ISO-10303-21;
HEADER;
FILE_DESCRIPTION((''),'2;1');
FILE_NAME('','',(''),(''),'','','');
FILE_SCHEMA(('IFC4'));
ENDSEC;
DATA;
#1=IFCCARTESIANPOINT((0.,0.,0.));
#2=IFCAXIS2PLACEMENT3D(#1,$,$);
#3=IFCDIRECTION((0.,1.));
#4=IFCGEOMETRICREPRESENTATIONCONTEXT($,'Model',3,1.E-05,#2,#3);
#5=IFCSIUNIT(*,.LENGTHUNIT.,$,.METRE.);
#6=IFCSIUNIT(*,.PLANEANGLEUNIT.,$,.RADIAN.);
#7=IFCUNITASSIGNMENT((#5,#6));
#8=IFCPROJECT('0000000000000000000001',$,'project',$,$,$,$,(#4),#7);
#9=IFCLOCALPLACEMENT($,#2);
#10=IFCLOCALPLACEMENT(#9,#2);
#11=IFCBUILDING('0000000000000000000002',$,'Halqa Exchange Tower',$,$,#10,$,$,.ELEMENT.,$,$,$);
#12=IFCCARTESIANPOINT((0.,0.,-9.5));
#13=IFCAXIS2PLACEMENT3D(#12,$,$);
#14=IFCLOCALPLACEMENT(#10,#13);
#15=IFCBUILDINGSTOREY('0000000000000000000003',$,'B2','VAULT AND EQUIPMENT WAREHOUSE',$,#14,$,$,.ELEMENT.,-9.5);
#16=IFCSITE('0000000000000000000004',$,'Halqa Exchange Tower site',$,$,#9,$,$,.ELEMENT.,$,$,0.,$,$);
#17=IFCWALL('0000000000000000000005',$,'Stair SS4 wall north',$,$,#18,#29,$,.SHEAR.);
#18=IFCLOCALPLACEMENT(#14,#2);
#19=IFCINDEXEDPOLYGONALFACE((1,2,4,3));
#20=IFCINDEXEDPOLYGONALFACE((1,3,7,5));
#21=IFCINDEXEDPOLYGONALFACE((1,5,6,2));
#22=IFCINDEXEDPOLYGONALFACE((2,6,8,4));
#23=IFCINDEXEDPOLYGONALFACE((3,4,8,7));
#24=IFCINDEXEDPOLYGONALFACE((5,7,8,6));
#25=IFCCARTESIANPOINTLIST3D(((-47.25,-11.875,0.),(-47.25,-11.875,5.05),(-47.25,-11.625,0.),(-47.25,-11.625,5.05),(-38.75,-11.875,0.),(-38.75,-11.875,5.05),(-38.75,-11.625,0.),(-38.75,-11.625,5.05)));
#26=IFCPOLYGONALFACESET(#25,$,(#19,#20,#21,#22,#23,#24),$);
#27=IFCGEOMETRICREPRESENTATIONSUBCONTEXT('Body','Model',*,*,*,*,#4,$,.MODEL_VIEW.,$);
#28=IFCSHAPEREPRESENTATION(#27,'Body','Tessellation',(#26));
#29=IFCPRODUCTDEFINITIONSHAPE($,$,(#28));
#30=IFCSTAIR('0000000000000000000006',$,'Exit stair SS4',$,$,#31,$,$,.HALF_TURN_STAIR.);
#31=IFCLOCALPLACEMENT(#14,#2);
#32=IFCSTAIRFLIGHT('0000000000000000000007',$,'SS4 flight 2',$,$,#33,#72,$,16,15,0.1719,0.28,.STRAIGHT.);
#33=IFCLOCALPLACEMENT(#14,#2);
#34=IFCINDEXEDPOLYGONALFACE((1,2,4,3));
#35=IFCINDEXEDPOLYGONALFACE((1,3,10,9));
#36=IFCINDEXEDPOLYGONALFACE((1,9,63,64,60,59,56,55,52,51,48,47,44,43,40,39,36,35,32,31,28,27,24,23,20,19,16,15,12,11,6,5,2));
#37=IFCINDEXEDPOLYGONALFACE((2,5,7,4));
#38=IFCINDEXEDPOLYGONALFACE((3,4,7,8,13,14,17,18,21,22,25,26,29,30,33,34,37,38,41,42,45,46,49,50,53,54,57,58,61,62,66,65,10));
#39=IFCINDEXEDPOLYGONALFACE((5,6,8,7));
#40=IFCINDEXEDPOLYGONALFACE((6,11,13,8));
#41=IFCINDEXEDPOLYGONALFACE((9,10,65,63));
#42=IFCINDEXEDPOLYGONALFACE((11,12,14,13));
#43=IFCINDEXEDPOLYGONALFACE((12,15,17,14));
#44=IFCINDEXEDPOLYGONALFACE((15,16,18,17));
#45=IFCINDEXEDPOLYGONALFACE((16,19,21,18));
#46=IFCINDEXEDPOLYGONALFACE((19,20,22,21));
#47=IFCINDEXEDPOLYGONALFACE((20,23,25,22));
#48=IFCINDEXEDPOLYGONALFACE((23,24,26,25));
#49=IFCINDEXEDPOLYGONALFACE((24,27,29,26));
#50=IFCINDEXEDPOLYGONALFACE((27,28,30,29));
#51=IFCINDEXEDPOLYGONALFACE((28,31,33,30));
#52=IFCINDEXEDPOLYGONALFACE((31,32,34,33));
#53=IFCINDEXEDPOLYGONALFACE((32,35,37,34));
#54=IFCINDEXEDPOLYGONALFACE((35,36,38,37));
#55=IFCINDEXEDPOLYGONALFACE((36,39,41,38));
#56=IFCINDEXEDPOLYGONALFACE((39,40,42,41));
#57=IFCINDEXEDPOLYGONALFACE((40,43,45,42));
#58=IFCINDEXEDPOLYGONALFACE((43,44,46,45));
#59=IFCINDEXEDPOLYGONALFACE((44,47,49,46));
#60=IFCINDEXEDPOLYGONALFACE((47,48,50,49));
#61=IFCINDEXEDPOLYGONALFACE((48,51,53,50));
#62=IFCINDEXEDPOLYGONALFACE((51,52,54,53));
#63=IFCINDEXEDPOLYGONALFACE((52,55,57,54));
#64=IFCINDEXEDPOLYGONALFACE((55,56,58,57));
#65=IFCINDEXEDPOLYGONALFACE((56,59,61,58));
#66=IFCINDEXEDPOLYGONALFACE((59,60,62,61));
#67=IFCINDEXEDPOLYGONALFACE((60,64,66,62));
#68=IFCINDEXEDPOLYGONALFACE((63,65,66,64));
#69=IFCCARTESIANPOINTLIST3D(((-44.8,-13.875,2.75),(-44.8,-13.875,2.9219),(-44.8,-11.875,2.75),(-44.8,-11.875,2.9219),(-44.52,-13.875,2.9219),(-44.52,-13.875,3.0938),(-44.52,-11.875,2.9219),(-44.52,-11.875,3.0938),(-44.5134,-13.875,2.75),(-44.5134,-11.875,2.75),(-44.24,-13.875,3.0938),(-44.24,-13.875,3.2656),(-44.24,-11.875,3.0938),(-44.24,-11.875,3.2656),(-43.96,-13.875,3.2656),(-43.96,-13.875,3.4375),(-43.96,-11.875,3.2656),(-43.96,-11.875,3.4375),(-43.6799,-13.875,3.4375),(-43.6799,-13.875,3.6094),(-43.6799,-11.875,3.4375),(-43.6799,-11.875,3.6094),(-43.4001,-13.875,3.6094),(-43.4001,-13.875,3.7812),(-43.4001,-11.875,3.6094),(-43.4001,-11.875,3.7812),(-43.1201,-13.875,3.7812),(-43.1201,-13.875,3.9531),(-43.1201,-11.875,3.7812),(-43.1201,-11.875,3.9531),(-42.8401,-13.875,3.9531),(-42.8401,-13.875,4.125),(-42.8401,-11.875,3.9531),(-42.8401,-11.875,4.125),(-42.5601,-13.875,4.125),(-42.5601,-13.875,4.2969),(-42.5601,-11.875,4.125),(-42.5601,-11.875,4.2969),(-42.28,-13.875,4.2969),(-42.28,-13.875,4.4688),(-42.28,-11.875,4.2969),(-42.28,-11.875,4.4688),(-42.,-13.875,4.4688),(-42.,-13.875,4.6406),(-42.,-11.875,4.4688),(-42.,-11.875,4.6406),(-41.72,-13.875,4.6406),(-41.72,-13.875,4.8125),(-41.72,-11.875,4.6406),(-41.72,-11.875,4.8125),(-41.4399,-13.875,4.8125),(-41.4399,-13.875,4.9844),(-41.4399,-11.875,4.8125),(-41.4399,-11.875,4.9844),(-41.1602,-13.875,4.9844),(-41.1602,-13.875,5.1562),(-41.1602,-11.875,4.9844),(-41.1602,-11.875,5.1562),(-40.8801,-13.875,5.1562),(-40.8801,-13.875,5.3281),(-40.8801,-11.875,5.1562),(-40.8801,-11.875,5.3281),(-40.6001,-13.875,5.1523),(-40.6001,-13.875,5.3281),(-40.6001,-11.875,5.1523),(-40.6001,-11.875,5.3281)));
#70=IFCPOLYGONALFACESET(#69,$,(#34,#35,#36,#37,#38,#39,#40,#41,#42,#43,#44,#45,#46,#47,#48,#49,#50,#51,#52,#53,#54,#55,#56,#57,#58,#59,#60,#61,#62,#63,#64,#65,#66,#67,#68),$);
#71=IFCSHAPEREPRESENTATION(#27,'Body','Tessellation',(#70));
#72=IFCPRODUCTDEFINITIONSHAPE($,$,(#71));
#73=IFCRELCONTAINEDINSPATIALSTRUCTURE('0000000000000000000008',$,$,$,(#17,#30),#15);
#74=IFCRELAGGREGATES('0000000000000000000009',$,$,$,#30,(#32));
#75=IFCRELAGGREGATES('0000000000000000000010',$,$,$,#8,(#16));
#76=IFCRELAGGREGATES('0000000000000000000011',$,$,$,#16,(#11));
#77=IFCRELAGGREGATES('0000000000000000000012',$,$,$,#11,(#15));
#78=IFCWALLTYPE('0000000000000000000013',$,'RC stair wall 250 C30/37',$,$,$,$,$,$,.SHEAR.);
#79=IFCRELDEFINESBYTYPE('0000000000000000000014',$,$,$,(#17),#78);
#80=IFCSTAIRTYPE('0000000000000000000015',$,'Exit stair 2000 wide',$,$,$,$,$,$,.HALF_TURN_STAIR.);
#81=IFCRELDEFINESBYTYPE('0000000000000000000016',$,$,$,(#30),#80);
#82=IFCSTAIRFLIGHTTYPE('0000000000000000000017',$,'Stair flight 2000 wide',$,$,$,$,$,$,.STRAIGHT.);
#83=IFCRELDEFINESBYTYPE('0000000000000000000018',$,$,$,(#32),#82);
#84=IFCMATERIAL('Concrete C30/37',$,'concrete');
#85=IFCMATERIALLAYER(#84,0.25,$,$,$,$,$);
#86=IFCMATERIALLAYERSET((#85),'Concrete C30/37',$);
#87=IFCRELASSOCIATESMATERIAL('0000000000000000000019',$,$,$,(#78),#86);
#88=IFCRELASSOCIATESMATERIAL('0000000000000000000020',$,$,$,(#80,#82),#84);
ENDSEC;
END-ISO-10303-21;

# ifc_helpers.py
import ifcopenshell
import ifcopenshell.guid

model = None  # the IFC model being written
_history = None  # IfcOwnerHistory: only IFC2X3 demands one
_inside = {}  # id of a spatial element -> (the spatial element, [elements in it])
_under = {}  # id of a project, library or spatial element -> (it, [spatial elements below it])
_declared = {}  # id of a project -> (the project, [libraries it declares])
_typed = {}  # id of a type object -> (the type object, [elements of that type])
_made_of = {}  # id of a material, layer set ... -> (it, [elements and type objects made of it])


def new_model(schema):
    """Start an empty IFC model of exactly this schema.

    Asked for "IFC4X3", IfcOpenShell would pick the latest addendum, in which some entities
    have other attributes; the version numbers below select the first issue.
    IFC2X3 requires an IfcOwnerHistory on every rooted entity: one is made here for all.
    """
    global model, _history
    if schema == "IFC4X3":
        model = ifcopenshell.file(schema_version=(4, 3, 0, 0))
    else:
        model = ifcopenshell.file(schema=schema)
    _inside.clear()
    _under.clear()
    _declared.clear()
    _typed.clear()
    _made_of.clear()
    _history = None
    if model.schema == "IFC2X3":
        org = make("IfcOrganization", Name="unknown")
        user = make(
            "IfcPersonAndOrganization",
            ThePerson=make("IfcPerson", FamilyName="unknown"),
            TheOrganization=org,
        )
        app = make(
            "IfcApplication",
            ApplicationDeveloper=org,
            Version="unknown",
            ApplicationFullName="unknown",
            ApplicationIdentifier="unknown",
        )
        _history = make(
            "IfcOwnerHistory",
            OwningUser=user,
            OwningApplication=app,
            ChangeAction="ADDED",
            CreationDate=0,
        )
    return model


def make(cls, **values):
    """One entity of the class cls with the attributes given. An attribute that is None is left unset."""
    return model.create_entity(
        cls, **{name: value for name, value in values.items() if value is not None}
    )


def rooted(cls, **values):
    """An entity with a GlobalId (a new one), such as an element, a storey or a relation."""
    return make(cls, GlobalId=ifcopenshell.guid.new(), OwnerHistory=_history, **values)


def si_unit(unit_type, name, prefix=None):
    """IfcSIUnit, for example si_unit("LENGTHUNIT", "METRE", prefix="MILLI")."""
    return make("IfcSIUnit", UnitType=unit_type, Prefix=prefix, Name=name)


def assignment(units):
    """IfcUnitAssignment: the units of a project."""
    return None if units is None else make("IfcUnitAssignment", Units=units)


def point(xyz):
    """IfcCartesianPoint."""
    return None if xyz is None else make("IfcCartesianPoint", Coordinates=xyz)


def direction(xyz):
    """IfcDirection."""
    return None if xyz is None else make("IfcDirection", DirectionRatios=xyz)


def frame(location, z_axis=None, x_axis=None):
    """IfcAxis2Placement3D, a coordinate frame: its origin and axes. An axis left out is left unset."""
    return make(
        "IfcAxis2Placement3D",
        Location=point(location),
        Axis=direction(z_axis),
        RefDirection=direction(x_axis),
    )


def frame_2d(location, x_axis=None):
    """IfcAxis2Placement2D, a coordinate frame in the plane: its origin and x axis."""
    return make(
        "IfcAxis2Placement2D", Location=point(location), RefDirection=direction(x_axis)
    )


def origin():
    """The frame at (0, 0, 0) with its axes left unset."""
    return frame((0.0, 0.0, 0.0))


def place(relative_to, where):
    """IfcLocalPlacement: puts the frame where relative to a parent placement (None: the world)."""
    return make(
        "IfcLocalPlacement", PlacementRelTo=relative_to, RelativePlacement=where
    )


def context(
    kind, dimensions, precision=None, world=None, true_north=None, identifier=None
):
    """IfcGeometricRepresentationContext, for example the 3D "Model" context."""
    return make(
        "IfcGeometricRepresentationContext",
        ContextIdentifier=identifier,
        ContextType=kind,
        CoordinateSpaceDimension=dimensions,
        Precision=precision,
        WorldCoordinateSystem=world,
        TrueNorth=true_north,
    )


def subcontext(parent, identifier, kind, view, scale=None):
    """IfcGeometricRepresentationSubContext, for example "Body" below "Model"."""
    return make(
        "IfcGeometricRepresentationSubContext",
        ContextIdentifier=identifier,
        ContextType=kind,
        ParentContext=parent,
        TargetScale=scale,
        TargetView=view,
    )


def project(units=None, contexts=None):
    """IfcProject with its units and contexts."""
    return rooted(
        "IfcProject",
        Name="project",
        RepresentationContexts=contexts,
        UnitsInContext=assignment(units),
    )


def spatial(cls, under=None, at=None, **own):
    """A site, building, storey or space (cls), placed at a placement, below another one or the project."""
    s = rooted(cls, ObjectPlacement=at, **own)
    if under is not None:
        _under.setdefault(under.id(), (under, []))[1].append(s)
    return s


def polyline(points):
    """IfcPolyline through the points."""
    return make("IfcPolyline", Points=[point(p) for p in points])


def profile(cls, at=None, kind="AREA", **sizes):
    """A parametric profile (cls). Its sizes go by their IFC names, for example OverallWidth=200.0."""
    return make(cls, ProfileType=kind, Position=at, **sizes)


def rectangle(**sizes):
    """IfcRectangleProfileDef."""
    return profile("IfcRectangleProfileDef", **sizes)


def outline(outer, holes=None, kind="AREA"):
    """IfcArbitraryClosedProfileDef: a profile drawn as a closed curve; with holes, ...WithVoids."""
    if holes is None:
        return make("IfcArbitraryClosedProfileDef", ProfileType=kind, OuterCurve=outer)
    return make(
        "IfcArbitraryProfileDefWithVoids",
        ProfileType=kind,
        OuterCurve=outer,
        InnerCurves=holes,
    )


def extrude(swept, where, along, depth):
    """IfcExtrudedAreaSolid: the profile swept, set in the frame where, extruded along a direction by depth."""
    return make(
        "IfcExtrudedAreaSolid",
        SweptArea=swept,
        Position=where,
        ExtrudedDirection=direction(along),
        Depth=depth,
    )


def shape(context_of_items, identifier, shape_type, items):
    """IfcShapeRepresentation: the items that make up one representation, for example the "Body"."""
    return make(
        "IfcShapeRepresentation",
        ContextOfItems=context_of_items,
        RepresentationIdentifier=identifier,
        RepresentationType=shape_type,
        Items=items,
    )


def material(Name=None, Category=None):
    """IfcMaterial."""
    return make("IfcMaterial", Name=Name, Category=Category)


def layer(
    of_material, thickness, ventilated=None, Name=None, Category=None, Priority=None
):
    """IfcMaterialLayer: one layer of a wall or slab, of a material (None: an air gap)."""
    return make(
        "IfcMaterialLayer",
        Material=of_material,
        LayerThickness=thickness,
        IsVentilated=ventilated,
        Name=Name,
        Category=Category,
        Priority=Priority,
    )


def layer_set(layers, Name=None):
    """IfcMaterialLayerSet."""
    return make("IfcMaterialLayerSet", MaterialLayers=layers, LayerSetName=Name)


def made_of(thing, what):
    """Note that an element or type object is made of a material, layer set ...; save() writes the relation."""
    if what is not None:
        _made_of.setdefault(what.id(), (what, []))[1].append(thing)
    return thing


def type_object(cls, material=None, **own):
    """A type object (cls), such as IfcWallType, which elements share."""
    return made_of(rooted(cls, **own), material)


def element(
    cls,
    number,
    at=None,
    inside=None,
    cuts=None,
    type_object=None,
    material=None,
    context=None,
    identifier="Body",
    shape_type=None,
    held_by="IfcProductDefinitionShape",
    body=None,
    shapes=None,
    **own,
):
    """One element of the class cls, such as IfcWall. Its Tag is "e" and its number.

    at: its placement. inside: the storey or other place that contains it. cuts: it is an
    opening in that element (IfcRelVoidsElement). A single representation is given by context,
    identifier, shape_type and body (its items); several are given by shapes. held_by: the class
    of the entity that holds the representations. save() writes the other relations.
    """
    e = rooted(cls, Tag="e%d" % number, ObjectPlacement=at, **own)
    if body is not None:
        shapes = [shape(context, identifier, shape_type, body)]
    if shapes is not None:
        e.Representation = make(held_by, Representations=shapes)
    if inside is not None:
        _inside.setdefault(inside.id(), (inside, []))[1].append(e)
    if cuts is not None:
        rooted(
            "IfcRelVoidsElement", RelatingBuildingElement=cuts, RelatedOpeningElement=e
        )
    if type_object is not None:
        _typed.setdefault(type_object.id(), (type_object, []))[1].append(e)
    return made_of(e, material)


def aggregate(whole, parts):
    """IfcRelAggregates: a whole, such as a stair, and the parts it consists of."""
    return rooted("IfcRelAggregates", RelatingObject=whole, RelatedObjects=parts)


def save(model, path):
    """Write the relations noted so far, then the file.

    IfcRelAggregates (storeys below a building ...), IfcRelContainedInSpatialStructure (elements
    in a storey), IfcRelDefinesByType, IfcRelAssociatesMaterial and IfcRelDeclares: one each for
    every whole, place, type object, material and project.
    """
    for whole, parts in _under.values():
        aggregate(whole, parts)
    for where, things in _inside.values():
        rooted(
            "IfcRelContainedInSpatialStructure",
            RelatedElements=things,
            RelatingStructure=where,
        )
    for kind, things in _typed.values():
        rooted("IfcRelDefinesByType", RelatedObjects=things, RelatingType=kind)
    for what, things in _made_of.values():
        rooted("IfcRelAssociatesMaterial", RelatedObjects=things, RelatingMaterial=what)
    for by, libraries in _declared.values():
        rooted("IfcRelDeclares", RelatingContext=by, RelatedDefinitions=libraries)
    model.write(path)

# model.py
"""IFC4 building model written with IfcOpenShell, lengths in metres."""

from ifc_helpers import new_model, si_unit, direction, frame, frame_2d, origin, place, context, subcontext, project, spatial, polyline, rectangle, outline, extrude, material, layer, layer_set, type_object, element, aggregate, save


model = new_model("IFC4")

# Units and contexts
model_context = context("Model", 3, precision=1e-05, world=origin(), true_north=direction((0.0, 1.0)))
body_context = subcontext(model_context, "Body", "Model", "MODEL_VIEW")
ifc_project = project(units=[si_unit("LENGTHUNIT", "METRE"), si_unit("PLANEANGLEUNIT", "RADIAN")], contexts=[model_context])

# Site, building, storey
site_placement = place(None, origin())
site = spatial("IfcSite", under=ifc_project, at=site_placement, Name="Halqa Exchange Tower site", CompositionType="ELEMENT", RefElevation=0.0)
building_placement = place(site_placement, origin())
building = spatial("IfcBuilding", under=site, at=building_placement, Name="Halqa Exchange Tower", CompositionType="ELEMENT")
storey_placement = place(building_placement, frame((0.0, 0.0, -9.5)))
storey = spatial("IfcBuildingStorey", under=building, at=storey_placement, Name="B2", Description="VAULT AND EQUIPMENT WAREHOUSE", CompositionType="ELEMENT", Elevation=-9.5)

# Wall
ifc_material_1 = material(Name="Concrete C30/37", Category="concrete")
ifc_layer_1 = layer(ifc_material_1, 0.25)
ifc_layer_set_1 = layer_set([ifc_layer_1], Name="Concrete C30/37")
wall_type_1 = type_object("IfcWallType", Name="RC stair wall 250 C30/37", PredefinedType="SHEAR", material=ifc_layer_set_1)
wall_1_placement = place(storey_placement, frame((-47.25, -11.75, 0.0), z_axis=(0.0, 0.0, 1.0), x_axis=(1.0, 0.0, 0.0)))
element("IfcWall", 1, at=wall_1_placement, inside=storey, type_object=wall_type_1, Name="Stair SS4 wall north", PredefinedType="SHEAR", context=body_context, shape_type="SweptSolid", body=[
    extrude(rectangle(XDim=8.5, YDim=0.25, at=frame_2d((4.25, 0.0))), origin(), (0.0, 0.0, 1.0), 5.05),
])

# Stair, stair flight
stair_type = type_object("IfcStairType", Name="Exit stair 2000 wide", PredefinedType="HALF_TURN_STAIR", material=ifc_material_1)
stair_placement = place(storey_placement, origin())
stair = element("IfcStair", 2, at=stair_placement, inside=storey, type_object=stair_type, Name="Exit stair SS4", PredefinedType="HALF_TURN_STAIR")
stair_flight_type = type_object("IfcStairFlightType", Name="Stair flight 2000 wide", PredefinedType="STRAIGHT", material=ifc_material_1)
stair_flight_placement = place(storey_placement, frame((-44.8, -12.875, 2.75), z_axis=(0.0, 0.0, 1.0), x_axis=(1.0, 0.0, 0.0)))
stair_flight = element("IfcStairFlight", 3, at=stair_flight_placement, type_object=stair_flight_type, Name="SS4 flight 2", NumberOfRisers=16, NumberOfTreads=15, PredefinedType="STRAIGHT", RiserHeight=0.1719, TreadLength=0.28, context=body_context, shape_type="SweptSolid", body=[
    extrude(outline(polyline([(0.0, 0.0), (0.0, 0.1719), (0.28, 0.1719), (0.28, 0.3438), (0.5601, 0.3438), (0.5601, 0.5156), (0.8401, 0.5156), (0.8401, 0.6875), (1.1201, 0.6875), (1.1201, 0.8594), (1.3999, 0.8594), (1.3999, 1.0312), (1.6799, 1.0312), (1.6799, 1.2031), (1.96, 1.2031), (1.96, 1.375), (2.24, 1.375), (2.24, 1.5469), (2.52, 1.5469), (2.52, 1.7188), (2.8, 1.7188), (2.8, 1.8906), (3.0801, 1.8906), (3.0801, 2.0625), (3.3601, 2.0625), (3.3601, 2.2344), (3.6399, 2.2344), (3.6399, 2.4062), (3.9199, 2.4062), (3.9199, 2.5781), (4.2, 2.5781), (4.2, 2.75), (4.2, 2.4023), (0.2866, 0.0), (0.0, 0.0)])), frame((0.0, 1.0, 0.0), z_axis=(0.0, -1.0, 0.0), x_axis=(1.0, 0.0, 0.0)), (0.0, 0.0, 1.0), 2.0),
])
aggregate(stair, [stair_flight])

save(model, "model.ifc")
